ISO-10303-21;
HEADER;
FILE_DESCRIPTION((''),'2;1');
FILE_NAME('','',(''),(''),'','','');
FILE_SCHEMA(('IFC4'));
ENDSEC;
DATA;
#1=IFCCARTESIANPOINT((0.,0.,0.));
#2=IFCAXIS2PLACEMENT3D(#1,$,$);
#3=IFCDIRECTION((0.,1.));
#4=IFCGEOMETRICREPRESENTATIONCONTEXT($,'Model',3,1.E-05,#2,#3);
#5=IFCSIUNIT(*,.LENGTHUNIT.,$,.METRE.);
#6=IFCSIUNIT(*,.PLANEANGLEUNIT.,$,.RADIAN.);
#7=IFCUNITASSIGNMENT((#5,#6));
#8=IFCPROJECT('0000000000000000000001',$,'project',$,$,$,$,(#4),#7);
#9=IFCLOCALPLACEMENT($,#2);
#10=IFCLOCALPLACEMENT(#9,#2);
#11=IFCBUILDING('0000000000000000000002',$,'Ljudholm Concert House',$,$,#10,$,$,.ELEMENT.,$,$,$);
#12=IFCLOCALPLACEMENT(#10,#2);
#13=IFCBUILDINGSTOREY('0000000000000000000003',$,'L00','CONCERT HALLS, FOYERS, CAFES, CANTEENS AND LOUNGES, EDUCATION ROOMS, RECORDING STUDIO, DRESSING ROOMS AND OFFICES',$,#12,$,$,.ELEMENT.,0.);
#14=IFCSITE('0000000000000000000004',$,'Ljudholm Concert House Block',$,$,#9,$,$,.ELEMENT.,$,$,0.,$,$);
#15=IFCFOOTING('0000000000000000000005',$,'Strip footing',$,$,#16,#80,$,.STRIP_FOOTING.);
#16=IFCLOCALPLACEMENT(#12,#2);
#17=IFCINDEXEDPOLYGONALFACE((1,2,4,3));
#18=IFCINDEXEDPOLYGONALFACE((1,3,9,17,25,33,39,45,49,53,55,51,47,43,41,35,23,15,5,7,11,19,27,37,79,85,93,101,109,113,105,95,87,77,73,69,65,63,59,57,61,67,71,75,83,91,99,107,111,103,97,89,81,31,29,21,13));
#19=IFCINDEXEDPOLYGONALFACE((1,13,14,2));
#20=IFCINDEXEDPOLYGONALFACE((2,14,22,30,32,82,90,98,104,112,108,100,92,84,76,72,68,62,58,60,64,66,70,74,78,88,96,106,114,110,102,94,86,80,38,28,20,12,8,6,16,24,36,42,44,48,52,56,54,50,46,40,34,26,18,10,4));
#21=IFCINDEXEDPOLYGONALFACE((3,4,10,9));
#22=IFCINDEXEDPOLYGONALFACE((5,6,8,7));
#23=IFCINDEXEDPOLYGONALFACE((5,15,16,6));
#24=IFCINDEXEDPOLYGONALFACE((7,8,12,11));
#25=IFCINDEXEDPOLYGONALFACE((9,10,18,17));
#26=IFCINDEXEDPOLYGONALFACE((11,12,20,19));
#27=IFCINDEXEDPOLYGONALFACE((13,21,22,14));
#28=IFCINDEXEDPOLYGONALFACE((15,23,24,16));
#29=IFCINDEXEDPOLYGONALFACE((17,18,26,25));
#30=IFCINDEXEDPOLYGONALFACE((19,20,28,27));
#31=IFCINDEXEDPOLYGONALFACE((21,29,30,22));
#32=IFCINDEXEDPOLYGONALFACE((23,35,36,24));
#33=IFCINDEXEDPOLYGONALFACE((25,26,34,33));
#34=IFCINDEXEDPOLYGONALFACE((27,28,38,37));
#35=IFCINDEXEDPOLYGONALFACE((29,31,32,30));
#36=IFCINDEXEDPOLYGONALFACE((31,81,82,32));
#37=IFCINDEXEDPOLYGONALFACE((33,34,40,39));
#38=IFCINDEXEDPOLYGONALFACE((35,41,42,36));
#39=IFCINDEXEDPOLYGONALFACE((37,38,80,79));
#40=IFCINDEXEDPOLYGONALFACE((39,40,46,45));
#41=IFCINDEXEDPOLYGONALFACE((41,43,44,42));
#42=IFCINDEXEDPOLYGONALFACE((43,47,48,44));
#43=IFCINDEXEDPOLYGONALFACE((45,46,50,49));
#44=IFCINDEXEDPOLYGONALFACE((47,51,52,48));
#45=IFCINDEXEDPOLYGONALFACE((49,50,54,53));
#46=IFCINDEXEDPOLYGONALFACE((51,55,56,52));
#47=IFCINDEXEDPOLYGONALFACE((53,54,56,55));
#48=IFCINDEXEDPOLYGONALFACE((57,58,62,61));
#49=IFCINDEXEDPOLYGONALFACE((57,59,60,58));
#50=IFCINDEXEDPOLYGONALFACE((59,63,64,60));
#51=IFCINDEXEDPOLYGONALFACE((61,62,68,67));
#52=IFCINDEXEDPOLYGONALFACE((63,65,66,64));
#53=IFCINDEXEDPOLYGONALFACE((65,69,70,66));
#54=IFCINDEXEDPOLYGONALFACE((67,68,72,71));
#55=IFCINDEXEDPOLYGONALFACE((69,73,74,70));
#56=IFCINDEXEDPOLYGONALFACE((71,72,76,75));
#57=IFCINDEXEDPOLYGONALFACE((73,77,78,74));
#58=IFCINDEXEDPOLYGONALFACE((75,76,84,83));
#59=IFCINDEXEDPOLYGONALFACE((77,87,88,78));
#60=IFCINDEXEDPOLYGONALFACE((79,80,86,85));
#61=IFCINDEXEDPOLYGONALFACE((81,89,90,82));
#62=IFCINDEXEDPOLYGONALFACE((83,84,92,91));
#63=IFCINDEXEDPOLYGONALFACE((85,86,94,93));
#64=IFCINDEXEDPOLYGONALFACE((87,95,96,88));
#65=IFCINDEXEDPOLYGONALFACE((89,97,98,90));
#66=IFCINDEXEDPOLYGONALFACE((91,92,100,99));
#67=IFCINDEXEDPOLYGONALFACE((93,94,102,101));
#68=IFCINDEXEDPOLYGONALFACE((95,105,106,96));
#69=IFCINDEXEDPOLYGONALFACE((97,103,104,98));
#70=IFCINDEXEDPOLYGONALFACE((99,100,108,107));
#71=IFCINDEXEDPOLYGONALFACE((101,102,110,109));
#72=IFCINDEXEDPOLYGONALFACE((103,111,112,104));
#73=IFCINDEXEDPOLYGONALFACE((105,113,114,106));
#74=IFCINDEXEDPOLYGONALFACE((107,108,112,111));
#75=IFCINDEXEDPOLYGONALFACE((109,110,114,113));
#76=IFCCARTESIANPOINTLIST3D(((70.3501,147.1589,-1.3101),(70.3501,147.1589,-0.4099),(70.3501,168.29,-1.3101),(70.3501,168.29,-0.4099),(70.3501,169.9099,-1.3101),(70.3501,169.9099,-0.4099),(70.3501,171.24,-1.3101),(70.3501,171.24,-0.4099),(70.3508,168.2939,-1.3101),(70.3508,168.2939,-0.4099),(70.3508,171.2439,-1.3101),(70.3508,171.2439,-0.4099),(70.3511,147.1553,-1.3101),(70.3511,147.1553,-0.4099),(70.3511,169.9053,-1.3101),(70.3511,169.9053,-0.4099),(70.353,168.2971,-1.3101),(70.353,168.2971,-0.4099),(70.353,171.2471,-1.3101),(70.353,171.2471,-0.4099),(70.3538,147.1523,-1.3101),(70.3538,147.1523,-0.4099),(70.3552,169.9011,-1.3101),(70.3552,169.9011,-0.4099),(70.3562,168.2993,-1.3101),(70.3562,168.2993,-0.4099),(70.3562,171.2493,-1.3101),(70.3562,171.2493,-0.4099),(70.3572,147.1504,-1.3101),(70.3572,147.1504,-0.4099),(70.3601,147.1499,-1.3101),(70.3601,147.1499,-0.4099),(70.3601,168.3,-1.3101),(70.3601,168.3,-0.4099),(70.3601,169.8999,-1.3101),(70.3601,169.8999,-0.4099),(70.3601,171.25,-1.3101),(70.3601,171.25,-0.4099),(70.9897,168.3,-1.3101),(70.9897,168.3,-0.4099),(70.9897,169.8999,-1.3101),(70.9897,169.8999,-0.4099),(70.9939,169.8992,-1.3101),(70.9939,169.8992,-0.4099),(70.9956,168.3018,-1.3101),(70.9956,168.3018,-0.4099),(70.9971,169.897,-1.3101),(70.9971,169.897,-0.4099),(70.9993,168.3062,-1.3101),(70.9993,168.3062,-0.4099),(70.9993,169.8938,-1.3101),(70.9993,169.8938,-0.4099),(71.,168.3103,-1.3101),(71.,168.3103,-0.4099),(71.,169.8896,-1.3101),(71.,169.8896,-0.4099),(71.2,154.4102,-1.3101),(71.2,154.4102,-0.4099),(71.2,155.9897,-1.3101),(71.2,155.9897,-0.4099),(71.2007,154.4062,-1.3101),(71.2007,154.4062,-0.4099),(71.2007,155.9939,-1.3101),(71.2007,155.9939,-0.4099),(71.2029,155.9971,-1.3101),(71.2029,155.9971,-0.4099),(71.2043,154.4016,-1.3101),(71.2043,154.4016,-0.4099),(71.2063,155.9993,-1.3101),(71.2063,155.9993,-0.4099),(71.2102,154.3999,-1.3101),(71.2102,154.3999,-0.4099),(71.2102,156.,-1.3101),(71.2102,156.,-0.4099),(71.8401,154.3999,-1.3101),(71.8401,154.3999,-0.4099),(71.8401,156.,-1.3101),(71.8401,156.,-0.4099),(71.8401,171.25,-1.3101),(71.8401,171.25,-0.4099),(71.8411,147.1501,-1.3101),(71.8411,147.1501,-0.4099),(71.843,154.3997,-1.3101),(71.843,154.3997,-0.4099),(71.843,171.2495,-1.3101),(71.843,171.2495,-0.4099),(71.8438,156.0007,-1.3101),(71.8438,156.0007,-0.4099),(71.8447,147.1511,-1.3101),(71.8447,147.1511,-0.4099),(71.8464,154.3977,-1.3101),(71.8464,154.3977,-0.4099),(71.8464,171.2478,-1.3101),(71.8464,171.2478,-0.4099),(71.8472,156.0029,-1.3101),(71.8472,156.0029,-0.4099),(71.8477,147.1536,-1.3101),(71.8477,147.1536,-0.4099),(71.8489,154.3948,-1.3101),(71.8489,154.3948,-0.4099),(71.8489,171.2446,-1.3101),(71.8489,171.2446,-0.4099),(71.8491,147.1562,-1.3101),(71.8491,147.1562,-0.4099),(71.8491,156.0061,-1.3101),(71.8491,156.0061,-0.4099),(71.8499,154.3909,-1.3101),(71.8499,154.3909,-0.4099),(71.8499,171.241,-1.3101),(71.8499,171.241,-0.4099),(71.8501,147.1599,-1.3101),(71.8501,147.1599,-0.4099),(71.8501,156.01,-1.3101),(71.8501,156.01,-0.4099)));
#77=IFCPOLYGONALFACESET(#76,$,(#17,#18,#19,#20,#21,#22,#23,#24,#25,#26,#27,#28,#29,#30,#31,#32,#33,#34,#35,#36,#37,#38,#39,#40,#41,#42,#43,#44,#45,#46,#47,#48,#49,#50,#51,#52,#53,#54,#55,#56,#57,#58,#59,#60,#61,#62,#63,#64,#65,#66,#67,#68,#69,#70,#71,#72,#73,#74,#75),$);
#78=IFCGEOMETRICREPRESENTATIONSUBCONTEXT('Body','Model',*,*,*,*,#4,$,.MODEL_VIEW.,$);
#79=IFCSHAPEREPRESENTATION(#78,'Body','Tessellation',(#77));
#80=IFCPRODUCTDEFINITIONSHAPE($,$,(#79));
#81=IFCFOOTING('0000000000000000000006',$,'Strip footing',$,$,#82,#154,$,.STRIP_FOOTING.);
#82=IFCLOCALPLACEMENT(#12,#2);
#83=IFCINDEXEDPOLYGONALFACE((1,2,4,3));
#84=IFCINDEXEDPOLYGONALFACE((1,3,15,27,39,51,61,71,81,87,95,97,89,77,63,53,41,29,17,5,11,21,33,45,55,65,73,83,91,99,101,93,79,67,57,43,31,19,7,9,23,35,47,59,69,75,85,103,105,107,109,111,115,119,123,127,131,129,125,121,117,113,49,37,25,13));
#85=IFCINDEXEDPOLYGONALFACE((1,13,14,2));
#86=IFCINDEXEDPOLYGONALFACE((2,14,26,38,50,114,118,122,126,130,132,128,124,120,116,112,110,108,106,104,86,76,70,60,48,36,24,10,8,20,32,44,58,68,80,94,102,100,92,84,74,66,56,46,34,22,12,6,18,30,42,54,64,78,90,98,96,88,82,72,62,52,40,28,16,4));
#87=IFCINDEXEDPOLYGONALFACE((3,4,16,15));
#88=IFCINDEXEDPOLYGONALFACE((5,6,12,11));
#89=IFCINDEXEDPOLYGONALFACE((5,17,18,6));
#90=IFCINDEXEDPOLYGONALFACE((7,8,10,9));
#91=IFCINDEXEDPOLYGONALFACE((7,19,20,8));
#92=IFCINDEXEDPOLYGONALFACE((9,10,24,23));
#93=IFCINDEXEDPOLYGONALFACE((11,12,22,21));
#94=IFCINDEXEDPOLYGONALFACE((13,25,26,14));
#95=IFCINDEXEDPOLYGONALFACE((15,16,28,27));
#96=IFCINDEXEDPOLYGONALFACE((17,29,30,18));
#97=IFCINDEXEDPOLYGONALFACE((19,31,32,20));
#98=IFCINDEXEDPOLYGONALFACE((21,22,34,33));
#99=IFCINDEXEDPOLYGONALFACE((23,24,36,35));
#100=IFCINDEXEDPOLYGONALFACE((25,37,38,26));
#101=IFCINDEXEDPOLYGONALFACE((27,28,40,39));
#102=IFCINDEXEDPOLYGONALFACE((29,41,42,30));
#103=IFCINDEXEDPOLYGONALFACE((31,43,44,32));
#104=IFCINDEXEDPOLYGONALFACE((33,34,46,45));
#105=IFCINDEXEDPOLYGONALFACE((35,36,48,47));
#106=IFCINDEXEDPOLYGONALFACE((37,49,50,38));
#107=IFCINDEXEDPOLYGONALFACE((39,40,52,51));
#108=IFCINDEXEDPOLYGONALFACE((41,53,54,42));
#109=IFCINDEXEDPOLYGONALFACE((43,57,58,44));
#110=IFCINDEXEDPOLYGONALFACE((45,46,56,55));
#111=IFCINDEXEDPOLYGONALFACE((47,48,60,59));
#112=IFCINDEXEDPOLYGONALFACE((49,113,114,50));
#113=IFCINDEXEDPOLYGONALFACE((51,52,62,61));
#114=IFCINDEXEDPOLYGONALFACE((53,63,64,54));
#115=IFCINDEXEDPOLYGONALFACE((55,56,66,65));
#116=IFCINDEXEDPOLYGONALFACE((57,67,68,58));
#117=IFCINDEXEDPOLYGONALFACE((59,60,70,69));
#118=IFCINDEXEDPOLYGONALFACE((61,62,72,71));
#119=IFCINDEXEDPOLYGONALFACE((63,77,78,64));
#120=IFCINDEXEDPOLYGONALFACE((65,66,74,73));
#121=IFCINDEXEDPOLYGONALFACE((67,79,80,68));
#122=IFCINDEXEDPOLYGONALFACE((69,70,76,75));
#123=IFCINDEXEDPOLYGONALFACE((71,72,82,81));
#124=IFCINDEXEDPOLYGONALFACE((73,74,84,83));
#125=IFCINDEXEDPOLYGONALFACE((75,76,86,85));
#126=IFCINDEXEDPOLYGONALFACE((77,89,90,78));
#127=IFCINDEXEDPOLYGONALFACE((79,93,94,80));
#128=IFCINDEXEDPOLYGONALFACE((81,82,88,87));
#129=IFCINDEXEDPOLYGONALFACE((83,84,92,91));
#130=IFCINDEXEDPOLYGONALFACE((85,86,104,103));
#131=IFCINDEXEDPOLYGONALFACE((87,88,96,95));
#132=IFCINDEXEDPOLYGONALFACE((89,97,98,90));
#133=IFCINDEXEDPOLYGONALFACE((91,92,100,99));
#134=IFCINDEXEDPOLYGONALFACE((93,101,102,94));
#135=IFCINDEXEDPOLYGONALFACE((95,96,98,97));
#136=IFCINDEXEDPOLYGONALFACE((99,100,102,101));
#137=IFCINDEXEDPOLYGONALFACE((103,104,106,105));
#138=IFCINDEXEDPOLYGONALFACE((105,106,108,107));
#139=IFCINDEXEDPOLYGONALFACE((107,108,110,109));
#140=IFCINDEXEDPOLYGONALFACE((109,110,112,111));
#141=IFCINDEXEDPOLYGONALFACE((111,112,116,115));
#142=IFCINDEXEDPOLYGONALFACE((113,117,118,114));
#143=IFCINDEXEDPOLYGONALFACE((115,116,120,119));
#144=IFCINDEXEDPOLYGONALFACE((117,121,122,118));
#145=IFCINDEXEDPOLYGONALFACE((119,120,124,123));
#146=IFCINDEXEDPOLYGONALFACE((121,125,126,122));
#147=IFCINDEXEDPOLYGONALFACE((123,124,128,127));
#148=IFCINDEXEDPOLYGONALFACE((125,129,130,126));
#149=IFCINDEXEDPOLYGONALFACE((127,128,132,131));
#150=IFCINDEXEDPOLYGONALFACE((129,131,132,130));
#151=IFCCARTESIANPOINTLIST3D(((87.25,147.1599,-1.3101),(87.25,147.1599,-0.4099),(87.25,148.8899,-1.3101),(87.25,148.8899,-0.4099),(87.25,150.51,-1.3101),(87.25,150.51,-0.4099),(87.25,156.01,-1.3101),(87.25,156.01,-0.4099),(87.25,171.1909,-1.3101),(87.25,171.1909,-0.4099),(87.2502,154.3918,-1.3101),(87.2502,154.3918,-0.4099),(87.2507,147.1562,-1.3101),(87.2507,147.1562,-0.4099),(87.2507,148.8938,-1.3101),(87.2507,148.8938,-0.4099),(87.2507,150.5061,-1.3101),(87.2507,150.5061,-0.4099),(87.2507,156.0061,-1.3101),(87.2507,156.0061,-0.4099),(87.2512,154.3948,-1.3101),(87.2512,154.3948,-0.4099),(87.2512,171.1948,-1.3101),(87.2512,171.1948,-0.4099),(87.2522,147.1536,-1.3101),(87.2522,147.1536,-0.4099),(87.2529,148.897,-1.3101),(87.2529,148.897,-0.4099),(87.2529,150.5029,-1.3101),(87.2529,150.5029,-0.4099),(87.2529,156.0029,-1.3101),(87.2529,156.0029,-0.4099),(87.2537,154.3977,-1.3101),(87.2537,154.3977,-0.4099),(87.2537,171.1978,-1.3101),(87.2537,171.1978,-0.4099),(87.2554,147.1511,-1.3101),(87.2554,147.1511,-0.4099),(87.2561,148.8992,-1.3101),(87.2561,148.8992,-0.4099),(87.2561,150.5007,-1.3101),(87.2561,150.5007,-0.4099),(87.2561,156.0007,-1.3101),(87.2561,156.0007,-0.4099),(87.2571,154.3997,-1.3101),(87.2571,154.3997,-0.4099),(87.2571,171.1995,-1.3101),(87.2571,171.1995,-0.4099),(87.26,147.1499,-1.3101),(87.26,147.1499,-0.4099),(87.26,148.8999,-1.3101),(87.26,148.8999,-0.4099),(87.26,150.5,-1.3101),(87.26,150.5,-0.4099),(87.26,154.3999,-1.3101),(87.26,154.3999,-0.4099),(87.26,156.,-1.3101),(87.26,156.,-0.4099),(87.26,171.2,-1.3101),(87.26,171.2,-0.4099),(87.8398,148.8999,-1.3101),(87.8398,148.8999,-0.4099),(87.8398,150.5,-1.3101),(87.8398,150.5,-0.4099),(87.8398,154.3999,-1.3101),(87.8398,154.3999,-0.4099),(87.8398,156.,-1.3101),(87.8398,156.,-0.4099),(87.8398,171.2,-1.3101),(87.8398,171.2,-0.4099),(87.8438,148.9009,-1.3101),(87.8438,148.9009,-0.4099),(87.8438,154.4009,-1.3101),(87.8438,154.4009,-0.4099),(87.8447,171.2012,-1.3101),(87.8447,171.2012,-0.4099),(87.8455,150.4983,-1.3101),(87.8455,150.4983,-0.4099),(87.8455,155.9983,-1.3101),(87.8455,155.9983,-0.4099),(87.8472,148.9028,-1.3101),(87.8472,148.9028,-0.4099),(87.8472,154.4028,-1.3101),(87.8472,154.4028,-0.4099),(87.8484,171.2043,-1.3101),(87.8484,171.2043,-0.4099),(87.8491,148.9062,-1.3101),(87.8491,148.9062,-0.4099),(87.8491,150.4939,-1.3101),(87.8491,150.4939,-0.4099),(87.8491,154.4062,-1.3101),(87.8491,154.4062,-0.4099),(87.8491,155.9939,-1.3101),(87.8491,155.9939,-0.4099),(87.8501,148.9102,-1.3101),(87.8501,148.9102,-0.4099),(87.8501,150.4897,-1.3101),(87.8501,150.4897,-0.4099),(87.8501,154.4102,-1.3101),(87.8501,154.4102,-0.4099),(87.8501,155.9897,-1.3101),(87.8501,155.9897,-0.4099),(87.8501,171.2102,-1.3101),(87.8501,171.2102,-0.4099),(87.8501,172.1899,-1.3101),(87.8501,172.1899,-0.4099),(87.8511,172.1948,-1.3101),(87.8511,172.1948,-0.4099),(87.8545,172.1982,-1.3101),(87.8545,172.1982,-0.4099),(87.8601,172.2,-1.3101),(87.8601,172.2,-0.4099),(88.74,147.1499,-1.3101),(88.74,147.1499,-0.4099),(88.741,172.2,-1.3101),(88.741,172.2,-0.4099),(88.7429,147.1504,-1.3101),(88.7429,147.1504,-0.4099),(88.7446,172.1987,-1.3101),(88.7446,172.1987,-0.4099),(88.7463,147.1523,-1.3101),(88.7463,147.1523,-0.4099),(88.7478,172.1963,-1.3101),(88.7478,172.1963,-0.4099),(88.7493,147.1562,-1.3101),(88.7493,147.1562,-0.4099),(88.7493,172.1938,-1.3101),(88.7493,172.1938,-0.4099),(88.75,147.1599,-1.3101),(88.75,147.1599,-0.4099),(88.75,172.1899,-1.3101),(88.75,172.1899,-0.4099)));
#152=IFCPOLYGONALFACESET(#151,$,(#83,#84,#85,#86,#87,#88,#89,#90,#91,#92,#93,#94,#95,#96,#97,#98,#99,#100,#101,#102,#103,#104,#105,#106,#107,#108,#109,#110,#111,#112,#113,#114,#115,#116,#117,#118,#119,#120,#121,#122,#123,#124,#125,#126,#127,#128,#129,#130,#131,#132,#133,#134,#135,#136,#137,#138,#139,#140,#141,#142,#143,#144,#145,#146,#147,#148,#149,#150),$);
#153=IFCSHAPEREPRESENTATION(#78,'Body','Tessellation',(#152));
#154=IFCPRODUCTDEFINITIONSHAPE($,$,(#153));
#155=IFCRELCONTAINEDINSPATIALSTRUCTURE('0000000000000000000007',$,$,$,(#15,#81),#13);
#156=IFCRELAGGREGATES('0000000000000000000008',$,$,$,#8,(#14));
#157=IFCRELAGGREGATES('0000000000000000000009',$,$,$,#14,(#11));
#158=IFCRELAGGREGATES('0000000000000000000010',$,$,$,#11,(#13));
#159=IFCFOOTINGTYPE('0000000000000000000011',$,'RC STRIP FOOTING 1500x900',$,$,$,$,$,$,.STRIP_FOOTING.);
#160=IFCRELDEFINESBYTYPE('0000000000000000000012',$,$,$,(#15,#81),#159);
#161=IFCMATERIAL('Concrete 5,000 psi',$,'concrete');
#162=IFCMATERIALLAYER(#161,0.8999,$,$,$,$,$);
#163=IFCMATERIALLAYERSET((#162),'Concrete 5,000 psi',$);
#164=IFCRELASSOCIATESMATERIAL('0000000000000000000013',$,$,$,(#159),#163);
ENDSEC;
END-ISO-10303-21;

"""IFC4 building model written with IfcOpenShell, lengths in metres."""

from ifc_helpers import new_model, si_unit, direction, frame, origin, place, context, subcontext, project, spatial, polyline, outline, extrude, material, layer, layer_set, type_object, element, save


model = new_model("IFC4")

# Units and contexts
model_context = context("Model", 3, precision=1e-05, world=origin(), true_north=direction((0.0, 1.0)))
body_context = subcontext(model_context, "Body", "Model", "MODEL_VIEW")
ifc_project = project(units=[si_unit("LENGTHUNIT", "METRE"), si_unit("PLANEANGLEUNIT", "RADIAN")], contexts=[model_context])

# Site, building, storey
site_placement = place(None, origin())
site = spatial("IfcSite", under=ifc_project, at=site_placement, Name="Ljudholm Concert House Block", CompositionType="ELEMENT", RefElevation=0.0)
building_placement = place(site_placement, origin())
building = spatial("IfcBuilding", under=site, at=building_placement, Name="Ljudholm Concert House", CompositionType="ELEMENT")
storey_placement = place(building_placement, origin())
storey = spatial("IfcBuildingStorey", under=building, at=storey_placement, Name="L00", Description="CONCERT HALLS, FOYERS, CAFES, CANTEENS AND LOUNGES, EDUCATION ROOMS, RECORDING STUDIO, DRESSING ROOMS AND OFFICES", CompositionType="ELEMENT", Elevation=0.0)

# Footings
ifc_material_1 = material(Name="Concrete 5,000 psi", Category="concrete")
ifc_layer_1 = layer(ifc_material_1, 0.8999)
ifc_layer_set_1 = layer_set([ifc_layer_1], Name="Concrete 5,000 psi")
footing_type_1 = type_object("IfcFootingType", Name="RC STRIP FOOTING 1500x900", PredefinedType="STRIP_FOOTING", material=ifc_layer_set_1)
footing_1_placement = place(storey_placement, frame((0.0, 0.0, -1.3101)))
element("IfcFooting", 1, at=footing_1_placement, inside=storey, type_object=footing_type_1, Name="Strip footing", PredefinedType="STRIP_FOOTING", context=body_context, shape_type="SweptSolid", body=[
    extrude(outline(polyline([(70.3501, 171.24), (70.3501, 169.9099), (70.3511, 169.9053), (70.3552, 169.9011), (70.3601, 169.8999), (70.9897, 169.8999), (70.9939, 169.8992), (70.9971, 169.897), (70.9993, 169.8938), (71.0, 169.8896), (71.0, 168.3103), (70.9993, 168.3062), (70.9956, 168.3018), (70.9897, 168.3), (70.3601, 168.3), (70.3562, 168.2993), (70.353, 168.2971), (70.3508, 168.2939), (70.3501, 168.29), (70.3501, 147.1589), (70.3511, 147.1553), (70.3538, 147.1523), (70.3572, 147.1504), (70.3601, 147.1499), (71.8411, 147.1501), (71.8447, 147.1511), (71.8477, 147.1536), (71.8491, 147.1562), (71.8501, 147.1599), (71.8499, 154.3909), (71.8489, 154.3948), (71.8464, 154.3977), (71.843, 154.3997), (71.8401, 154.3999), (71.2102, 154.3999), (71.2043, 154.4016), (71.2007, 154.4062), (71.2, 154.4102), (71.2, 155.9897), (71.2007, 155.9939), (71.2029, 155.9971), (71.2063, 155.9993), (71.2102, 156.0), (71.8401, 156.0), (71.8438, 156.0007), (71.8472, 156.0029), (71.8491, 156.0061), (71.8501, 156.01), (71.8499, 171.241), (71.8489, 171.2446), (71.8464, 171.2478), (71.843, 171.2495), (71.8401, 171.25), (70.3601, 171.25), (70.3562, 171.2493), (70.353, 171.2471), (70.3508, 171.2439), (70.3501, 171.24)])), origin(), (0.0, 0.0, 1.0), 0.9001),
])
footing_2_placement = place(storey_placement, frame((0.0, 0.0, -1.3101)))
element("IfcFooting", 2, at=footing_2_placement, inside=storey, type_object=footing_type_1, Name="Strip footing", PredefinedType="STRIP_FOOTING", context=body_context, shape_type="SweptSolid", body=[
    extrude(outline(polyline([(87.25, 148.8899), (87.25, 147.1599), (87.2507, 147.1562), (87.2522, 147.1536), (87.2554, 147.1511), (87.26, 147.1499), (88.74, 147.1499), (88.7429, 147.1504), (88.7463, 147.1523), (88.7493, 147.1562), (88.75, 147.1599), (88.75, 172.1899), (88.7493, 172.1938), (88.7478, 172.1963), (88.7446, 172.1987), (88.741, 172.2), (87.8601, 172.2), (87.8545, 172.1982), (87.8511, 172.1948), (87.8501, 172.1899), (87.8501, 171.2102), (87.8484, 171.2043), (87.8447, 171.2012), (87.8398, 171.2), (87.26, 171.2), (87.2571, 171.1995), (87.2537, 171.1978), (87.2512, 171.1948), (87.25, 171.1909), (87.25, 156.01), (87.2507, 156.0061), (87.2529, 156.0029), (87.2561, 156.0007), (87.26, 156.0), (87.8398, 156.0), (87.8455, 155.9983), (87.8491, 155.9939), (87.8501, 155.9897), (87.8501, 154.4102), (87.8491, 154.4062), (87.8472, 154.4028), (87.8438, 154.4009), (87.8398, 154.3999), (87.26, 154.3999), (87.2571, 154.3997), (87.2537, 154.3977), (87.2512, 154.3948), (87.2502, 154.3918), (87.25, 150.51), (87.2507, 150.5061), (87.2529, 150.5029), (87.2561, 150.5007), (87.26, 150.5), (87.8398, 150.5), (87.8455, 150.4983), (87.8491, 150.4939), (87.8501, 150.4897), (87.8501, 148.9102), (87.8491, 148.9062), (87.8472, 148.9028), (87.8438, 148.9009), (87.8398, 148.8999), (87.26, 148.8999), (87.2561, 148.8992), (87.2529, 148.897), (87.2507, 148.8938), (87.25, 148.8899)])), origin(), (0.0, 0.0, 1.0), 0.9001),
])

save(model, "model.ifc")
